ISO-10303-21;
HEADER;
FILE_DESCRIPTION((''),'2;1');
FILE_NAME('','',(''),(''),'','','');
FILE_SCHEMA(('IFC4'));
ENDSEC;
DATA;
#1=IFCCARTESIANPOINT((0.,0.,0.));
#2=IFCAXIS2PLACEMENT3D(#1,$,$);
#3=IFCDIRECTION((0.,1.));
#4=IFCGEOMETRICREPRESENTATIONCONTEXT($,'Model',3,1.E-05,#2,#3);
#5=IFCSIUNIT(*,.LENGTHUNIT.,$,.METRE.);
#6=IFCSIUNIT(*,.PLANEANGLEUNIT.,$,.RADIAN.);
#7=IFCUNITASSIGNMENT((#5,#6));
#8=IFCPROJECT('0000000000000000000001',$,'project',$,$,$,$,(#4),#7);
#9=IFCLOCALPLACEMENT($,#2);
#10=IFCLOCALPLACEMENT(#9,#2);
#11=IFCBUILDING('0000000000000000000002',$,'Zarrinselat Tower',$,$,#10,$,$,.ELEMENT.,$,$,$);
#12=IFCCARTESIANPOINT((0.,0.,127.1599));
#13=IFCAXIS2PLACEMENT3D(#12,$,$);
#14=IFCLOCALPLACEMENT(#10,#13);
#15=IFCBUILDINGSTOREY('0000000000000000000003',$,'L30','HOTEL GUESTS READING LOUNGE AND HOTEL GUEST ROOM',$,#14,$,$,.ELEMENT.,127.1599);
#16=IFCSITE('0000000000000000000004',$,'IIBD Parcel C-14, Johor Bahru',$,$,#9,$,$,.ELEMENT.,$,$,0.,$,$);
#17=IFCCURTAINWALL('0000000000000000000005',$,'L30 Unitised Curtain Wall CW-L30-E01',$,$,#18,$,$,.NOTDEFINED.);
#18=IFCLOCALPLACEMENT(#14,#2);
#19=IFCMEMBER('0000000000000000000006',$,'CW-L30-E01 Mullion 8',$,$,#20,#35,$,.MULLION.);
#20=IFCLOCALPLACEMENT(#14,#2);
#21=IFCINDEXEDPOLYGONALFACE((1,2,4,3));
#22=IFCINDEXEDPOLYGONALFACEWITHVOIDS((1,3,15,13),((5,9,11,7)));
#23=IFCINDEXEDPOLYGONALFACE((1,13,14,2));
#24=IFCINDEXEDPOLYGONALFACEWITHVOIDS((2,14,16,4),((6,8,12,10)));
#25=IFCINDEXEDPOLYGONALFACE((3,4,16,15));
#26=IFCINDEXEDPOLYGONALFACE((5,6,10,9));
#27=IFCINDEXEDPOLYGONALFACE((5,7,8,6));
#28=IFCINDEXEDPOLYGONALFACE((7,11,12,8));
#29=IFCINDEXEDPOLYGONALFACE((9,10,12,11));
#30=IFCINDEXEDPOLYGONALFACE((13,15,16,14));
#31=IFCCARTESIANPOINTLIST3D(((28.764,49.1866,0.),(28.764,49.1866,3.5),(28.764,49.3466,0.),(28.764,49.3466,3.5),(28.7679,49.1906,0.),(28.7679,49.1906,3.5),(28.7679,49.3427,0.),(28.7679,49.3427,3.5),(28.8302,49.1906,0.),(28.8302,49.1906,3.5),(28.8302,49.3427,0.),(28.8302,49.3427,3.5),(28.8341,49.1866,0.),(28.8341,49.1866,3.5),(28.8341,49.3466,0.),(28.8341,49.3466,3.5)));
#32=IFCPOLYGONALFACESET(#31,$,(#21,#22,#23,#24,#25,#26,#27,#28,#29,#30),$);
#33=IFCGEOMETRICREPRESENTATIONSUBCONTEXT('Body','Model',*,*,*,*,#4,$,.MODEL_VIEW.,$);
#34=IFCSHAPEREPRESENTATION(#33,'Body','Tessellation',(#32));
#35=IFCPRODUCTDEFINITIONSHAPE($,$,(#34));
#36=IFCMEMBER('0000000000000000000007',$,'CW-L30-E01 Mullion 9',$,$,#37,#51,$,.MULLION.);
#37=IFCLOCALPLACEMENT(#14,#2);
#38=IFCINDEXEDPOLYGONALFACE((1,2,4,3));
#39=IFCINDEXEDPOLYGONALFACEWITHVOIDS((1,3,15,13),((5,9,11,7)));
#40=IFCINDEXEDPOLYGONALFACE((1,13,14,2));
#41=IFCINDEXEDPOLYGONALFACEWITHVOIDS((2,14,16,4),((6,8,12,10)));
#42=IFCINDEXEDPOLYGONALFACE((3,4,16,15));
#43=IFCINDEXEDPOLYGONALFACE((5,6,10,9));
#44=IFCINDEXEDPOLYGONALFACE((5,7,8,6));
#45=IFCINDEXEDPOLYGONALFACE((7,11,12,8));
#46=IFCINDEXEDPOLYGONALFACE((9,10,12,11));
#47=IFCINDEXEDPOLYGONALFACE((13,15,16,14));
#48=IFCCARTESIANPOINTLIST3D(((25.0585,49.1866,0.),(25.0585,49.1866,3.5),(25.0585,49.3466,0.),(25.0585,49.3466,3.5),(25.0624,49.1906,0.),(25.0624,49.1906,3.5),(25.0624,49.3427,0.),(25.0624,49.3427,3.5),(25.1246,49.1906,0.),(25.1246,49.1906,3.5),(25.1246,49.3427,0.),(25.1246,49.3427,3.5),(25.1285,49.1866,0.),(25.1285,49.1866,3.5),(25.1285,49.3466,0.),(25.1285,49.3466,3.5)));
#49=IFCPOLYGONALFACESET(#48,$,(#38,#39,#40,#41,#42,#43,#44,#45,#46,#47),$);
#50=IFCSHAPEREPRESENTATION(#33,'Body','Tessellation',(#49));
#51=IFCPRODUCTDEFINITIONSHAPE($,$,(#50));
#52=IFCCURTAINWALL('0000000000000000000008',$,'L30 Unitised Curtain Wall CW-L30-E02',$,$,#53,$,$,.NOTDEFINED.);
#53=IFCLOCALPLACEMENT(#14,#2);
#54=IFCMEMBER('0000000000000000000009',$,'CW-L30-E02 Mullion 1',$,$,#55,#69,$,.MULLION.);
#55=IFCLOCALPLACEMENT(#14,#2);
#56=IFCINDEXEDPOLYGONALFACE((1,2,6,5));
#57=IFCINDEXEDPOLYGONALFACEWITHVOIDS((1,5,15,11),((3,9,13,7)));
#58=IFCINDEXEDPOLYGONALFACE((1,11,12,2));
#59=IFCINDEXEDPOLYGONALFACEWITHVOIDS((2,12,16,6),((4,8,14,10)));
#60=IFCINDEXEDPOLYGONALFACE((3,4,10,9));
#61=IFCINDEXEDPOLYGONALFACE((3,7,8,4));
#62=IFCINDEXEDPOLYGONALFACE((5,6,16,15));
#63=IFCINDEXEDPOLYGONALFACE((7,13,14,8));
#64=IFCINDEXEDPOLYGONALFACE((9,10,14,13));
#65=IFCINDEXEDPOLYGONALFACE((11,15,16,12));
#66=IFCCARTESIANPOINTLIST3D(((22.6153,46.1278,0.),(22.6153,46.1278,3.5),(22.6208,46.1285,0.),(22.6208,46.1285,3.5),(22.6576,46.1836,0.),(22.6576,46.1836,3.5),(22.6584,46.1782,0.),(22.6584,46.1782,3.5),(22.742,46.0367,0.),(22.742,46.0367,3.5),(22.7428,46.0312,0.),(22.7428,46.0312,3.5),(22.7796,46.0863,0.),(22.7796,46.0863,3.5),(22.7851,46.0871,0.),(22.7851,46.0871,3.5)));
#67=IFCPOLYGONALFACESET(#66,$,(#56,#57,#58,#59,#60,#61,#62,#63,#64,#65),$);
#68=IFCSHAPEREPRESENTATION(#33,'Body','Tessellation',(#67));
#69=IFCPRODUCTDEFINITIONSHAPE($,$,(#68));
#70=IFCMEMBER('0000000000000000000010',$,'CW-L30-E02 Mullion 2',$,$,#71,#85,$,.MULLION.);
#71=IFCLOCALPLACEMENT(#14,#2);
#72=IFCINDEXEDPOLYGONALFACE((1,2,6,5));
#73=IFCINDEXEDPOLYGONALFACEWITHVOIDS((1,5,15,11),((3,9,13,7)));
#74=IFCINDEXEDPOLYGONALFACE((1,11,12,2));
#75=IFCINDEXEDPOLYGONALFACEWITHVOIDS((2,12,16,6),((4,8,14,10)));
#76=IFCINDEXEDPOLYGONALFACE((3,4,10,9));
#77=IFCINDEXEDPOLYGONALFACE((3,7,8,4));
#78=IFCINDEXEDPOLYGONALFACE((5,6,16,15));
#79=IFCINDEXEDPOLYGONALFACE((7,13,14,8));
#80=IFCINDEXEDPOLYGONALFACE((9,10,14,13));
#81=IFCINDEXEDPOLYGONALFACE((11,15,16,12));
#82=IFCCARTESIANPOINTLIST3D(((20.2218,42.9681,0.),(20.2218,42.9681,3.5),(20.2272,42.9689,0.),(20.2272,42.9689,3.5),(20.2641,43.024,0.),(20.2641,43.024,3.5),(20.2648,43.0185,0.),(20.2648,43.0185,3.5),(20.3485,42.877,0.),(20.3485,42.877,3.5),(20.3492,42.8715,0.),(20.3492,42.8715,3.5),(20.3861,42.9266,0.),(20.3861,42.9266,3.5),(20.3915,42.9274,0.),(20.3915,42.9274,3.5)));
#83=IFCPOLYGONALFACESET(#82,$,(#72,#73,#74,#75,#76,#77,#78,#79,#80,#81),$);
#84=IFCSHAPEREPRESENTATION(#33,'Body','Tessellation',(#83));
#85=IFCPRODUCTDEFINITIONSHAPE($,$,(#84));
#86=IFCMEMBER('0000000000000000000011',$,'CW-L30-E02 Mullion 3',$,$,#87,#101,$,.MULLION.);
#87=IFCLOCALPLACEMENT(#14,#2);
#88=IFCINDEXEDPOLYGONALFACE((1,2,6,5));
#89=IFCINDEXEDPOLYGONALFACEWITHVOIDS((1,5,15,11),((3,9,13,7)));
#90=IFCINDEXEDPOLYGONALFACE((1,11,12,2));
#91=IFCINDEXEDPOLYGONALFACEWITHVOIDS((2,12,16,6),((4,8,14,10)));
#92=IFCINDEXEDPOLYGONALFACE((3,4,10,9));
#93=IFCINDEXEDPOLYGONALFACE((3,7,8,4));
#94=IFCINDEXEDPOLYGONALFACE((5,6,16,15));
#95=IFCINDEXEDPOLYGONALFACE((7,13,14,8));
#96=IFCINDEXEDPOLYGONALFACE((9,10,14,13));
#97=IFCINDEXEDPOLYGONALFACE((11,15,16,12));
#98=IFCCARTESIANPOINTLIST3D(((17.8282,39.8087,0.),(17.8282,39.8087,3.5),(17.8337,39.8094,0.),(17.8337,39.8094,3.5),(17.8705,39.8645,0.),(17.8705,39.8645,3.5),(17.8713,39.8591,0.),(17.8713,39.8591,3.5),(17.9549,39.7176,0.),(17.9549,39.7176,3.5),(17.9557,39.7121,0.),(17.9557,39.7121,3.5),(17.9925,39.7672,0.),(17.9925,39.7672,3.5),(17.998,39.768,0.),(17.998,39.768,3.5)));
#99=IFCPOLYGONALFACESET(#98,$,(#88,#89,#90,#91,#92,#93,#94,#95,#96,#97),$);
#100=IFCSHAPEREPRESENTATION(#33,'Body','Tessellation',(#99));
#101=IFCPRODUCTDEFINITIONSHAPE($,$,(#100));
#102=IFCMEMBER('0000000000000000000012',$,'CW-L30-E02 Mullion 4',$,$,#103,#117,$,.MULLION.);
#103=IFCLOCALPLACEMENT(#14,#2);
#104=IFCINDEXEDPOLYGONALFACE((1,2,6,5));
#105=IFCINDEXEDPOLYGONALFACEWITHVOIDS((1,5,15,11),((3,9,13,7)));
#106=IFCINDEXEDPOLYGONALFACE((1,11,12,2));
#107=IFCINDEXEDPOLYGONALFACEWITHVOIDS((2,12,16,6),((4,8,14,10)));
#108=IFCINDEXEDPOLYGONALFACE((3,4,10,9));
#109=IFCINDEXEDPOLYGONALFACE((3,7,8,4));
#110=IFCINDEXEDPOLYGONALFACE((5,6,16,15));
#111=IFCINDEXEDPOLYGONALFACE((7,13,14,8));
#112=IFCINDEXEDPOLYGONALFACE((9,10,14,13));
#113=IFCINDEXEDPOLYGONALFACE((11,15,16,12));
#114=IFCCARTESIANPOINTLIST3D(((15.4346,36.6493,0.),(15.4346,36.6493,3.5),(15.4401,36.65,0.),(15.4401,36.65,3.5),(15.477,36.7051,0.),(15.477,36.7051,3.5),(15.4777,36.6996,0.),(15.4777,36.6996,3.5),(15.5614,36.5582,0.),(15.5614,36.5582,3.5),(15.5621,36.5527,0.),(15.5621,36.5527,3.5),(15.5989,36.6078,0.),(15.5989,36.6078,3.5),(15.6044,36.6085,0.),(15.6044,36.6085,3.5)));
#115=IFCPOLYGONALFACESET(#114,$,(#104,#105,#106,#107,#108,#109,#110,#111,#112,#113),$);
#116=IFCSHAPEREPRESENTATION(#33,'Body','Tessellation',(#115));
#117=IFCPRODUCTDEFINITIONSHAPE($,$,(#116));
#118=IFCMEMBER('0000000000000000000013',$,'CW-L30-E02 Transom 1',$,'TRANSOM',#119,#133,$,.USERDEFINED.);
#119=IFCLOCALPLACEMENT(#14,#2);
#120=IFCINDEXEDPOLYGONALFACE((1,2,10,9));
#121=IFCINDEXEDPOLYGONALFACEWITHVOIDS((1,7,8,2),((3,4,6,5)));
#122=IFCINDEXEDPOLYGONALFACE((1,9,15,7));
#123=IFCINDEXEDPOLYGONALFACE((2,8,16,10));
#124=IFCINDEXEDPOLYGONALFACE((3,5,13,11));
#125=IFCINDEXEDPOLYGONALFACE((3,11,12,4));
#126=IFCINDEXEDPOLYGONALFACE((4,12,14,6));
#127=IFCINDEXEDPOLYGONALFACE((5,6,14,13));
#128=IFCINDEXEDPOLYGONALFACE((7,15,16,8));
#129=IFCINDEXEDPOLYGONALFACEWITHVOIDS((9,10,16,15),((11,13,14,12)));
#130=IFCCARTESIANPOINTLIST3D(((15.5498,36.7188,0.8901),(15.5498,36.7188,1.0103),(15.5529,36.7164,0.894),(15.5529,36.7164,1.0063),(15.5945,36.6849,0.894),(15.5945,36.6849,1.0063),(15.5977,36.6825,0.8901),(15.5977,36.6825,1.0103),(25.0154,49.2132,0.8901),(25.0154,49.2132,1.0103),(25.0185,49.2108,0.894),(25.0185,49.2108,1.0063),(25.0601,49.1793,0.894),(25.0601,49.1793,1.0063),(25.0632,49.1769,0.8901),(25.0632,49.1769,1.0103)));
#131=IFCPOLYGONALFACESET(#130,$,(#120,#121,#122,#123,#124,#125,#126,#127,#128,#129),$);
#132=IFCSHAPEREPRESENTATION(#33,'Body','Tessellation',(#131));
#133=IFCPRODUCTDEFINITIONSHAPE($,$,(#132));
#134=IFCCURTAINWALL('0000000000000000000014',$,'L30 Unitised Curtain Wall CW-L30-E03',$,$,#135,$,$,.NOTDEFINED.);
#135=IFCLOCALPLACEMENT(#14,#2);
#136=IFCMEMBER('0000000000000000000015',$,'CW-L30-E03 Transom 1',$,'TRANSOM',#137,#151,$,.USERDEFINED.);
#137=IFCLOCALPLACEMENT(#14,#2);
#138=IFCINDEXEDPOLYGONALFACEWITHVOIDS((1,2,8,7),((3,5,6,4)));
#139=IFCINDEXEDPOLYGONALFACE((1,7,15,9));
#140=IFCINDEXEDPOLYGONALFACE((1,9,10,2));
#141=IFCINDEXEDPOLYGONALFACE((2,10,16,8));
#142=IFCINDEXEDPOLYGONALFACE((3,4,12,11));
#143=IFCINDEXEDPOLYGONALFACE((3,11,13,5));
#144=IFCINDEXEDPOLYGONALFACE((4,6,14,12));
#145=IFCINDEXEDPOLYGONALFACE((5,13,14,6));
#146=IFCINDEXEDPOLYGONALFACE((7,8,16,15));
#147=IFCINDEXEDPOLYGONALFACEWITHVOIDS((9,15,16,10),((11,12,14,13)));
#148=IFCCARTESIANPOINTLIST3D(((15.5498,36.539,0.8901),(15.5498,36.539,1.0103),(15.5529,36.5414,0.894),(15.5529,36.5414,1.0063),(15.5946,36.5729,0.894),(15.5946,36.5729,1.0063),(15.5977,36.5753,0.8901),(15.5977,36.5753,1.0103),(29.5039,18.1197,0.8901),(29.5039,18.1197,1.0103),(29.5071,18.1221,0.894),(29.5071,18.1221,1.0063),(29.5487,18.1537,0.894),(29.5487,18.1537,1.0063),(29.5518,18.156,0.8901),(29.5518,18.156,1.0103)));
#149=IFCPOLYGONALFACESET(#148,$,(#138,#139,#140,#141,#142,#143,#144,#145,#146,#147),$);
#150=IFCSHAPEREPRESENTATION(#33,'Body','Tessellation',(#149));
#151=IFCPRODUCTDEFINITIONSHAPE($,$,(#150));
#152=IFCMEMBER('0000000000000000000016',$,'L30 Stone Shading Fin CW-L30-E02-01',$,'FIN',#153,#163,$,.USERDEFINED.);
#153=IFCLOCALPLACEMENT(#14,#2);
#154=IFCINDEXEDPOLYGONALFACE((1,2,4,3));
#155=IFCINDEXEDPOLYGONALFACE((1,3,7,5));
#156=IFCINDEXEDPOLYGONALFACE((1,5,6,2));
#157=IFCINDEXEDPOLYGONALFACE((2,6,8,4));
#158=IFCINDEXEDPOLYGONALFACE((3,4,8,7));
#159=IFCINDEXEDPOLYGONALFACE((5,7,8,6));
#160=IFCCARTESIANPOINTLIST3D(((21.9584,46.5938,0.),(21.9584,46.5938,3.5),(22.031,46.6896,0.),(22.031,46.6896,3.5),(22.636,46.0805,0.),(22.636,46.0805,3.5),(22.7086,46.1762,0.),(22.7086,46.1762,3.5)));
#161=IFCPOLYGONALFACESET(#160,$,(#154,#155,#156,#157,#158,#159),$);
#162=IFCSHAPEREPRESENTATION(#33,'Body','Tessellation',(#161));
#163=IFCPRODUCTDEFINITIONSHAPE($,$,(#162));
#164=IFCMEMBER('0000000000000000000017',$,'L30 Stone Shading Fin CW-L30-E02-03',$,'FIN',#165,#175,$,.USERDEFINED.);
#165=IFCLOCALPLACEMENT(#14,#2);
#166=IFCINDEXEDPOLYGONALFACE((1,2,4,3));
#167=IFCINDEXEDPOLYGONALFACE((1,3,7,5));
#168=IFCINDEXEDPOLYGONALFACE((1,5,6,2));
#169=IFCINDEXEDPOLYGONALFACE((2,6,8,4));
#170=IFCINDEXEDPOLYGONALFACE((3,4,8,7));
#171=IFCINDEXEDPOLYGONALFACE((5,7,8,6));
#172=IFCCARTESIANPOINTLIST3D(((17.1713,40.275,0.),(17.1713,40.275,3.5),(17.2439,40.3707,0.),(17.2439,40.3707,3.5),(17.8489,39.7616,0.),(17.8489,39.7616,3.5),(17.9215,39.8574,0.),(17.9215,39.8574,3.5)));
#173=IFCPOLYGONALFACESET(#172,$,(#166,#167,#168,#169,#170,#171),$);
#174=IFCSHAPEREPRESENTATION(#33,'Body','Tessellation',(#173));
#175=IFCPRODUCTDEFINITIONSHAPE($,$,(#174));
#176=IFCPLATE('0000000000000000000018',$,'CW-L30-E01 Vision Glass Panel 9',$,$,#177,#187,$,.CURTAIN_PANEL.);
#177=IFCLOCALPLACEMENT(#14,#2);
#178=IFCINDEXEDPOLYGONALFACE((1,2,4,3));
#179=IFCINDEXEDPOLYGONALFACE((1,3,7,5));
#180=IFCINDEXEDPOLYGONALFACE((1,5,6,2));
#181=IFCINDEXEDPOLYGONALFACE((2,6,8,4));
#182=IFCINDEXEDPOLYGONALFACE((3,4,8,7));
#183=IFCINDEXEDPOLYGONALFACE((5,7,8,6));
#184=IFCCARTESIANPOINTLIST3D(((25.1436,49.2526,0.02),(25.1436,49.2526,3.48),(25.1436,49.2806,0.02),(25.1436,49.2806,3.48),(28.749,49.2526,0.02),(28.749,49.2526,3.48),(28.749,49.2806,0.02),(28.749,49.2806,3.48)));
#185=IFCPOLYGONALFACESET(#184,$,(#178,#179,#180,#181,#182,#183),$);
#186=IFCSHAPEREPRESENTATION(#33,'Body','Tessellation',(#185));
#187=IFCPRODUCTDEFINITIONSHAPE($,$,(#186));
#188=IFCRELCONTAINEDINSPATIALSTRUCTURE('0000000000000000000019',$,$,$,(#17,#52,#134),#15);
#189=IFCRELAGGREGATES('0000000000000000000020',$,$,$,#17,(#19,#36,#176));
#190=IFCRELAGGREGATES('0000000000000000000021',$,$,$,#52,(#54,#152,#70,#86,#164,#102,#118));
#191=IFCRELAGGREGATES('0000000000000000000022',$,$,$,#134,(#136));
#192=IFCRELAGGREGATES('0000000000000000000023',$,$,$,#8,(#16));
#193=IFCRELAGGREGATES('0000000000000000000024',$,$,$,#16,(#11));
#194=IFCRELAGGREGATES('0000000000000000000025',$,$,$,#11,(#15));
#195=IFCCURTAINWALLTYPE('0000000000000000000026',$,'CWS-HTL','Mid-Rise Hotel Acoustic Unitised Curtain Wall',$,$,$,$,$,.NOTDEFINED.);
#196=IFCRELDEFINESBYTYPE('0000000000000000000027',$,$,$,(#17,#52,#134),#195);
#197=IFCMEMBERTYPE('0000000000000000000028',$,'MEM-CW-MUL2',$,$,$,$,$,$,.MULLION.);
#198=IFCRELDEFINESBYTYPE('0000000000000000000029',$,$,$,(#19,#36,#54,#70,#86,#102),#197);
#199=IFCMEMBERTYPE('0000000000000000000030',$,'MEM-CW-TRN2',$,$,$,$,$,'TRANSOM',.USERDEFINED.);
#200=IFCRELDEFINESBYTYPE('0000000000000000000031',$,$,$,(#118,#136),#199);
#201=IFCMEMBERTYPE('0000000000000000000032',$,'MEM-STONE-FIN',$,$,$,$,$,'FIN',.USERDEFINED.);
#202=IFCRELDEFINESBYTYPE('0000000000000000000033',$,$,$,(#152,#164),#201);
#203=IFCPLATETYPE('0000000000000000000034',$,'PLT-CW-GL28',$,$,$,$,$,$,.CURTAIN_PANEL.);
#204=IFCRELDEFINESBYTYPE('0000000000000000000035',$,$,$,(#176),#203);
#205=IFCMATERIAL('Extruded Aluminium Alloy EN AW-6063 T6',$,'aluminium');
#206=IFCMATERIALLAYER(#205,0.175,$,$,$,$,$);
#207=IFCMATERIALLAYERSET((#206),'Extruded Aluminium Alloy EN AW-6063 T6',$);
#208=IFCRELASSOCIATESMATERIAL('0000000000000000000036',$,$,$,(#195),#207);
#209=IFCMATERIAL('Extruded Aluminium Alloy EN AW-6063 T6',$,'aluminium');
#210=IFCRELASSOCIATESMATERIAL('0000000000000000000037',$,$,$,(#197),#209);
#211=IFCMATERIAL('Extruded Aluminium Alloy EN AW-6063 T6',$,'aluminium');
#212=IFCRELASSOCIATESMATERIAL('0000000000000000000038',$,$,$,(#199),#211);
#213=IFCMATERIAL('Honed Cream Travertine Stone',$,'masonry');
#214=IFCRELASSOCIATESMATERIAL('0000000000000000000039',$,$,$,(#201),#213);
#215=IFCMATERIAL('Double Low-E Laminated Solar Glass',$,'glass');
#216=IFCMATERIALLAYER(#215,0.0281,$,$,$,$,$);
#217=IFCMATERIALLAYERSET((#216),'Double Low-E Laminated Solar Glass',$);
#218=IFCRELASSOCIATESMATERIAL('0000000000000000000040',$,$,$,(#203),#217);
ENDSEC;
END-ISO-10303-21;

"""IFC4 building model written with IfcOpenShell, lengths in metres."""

from ifc_helpers import new_model, si_unit, direction, frame, origin, origin_2d, place, context, subcontext, project, spatial, rectangle, hollow_rectangle, extrude, material, layer, layer_set, material_profile, profile_set, type_object, element, aggregate, save


model = new_model("IFC4")

# Units and contexts
model_context = context("Model", 3, precision=1e-05, world=origin(), true_north=direction((0.0, 1.0)))
body_context = subcontext(model_context, "Body", "Model", "MODEL_VIEW")
ifc_project = project(units=[si_unit("LENGTHUNIT", "METRE"), si_unit("PLANEANGLEUNIT", "RADIAN")], contexts=[model_context])

# Site, building, storey
site_placement = place(None, origin())
site = spatial("IfcSite", under=ifc_project, at=site_placement, Name="IIBD Parcel C-14, Johor Bahru", CompositionType="ELEMENT", RefElevation=0.0)
building_placement = place(site_placement, origin())
building = spatial("IfcBuilding", under=site, at=building_placement, Name="Zarrinselat Tower", CompositionType="ELEMENT")
storey_placement = place(building_placement, frame((0.0, 0.0, 127.1599)))
storey = spatial("IfcBuildingStorey", under=building, at=storey_placement, Name="L30", Description="HOTEL GUESTS READING LOUNGE AND HOTEL GUEST ROOM", CompositionType="ELEMENT", Elevation=127.1599)

# Curtain walls, members
ifc_material_1 = material(Name="Extruded Aluminium Alloy EN AW-6063 T6", Category="aluminium")
ifc_layer_1 = layer(ifc_material_1, 0.175)
ifc_layer_set_1 = layer_set([ifc_layer_1], Name="Extruded Aluminium Alloy EN AW-6063 T6")
curtain_wall_type = type_object("IfcCurtainWallType", Name="CWS-HTL", Description="Mid-Rise Hotel Acoustic Unitised Curtain Wall", PredefinedType="NOTDEFINED", material=ifc_layer_set_1)
curtain_wall_1_placement = place(storey_placement, origin())
curtain_wall_1 = element("IfcCurtainWall", 1, at=curtain_wall_1_placement, inside=storey, type_object=curtain_wall_type, Name="L30 Unitised Curtain Wall CW-L30-E01", PredefinedType="NOTDEFINED")
ifc_material_2 = material(Name="Extruded Aluminium Alloy EN AW-6063 T6", Category="aluminium")
ifc_material_profile_1 = material_profile(ifc_material_2, hollow_rectangle(XDim=0.0701, YDim=0.1599, WallThickness=0.0039, at=origin_2d()), Name="RHS 160x70x4")
ifc_profile_set_1 = profile_set([ifc_material_profile_1], Name="Extruded Aluminium Alloy EN AW-6063 T6")
member_type_1 = type_object("IfcMemberType", Name="MEM-CW-MUL2", PredefinedType="MULLION", material=ifc_profile_set_1)
member_1_placement = place(storey_placement, frame((28.7991, 49.2666, 0.0), z_axis=(0.0, 0.0, 1.0), x_axis=(-1.0, 0.0, 0.0)))
member_1 = element("IfcMember", 2, at=member_1_placement, type_object=member_type_1, Name="CW-L30-E01 Mullion 8", PredefinedType="MULLION", context=body_context, shape_type="SweptSolid", body=[
    extrude(hollow_rectangle(XDim=0.0701, YDim=0.1599, WallThickness=0.0039, at=origin_2d()), origin(), (0.0, 0.0, 1.0), 3.5),
])
member_2_placement = place(storey_placement, frame((25.0935, 49.2666, 0.0), z_axis=(0.0, 0.0, 1.0), x_axis=(-1.0, 0.0, 0.0)))
member_2 = element("IfcMember", 3, at=member_2_placement, type_object=member_type_1, Name="CW-L30-E01 Mullion 9", PredefinedType="MULLION", context=body_context, shape_type="SweptSolid", body=[
    extrude(hollow_rectangle(XDim=0.0701, YDim=0.1599, WallThickness=0.0039, at=origin_2d()), origin(), (0.0, 0.0, 1.0), 3.5),
])
curtain_wall_2_placement = place(storey_placement, origin())
curtain_wall_2 = element("IfcCurtainWall", 4, at=curtain_wall_2_placement, inside=storey, type_object=curtain_wall_type, Name="L30 Unitised Curtain Wall CW-L30-E02", PredefinedType="NOTDEFINED")
member_3_placement = place(storey_placement, frame((22.7002, 46.1074, 0.0), z_axis=(0.0, 0.0, 1.0), x_axis=(-0.603858, -0.797092, 0.0)))
member_3 = element("IfcMember", 5, at=member_3_placement, type_object=member_type_1, Name="CW-L30-E02 Mullion 1", PredefinedType="MULLION", context=body_context, shape_type="SweptSolid", body=[
    extrude(hollow_rectangle(XDim=0.0701, YDim=0.1599, WallThickness=0.0039, at=origin_2d()), origin(), (0.0, 0.0, 1.0), 3.5),
])
member_4_placement = place(storey_placement, frame((20.3066, 42.9478, 0.0), z_axis=(0.0, 0.0, 1.0), x_axis=(-0.603858, -0.797092, 0.0)))
member_4 = element("IfcMember", 6, at=member_4_placement, type_object=member_type_1, Name="CW-L30-E02 Mullion 2", PredefinedType="MULLION", context=body_context, shape_type="SweptSolid", body=[
    extrude(hollow_rectangle(XDim=0.0701, YDim=0.1599, WallThickness=0.0039, at=origin_2d()), origin(), (0.0, 0.0, 1.0), 3.5),
])
member_5_placement = place(storey_placement, frame((17.9131, 39.7883, 0.0), z_axis=(0.0, 0.0, 1.0), x_axis=(-0.603858, -0.797092, 0.0)))
member_5 = element("IfcMember", 7, at=member_5_placement, type_object=member_type_1, Name="CW-L30-E02 Mullion 3", PredefinedType="MULLION", context=body_context, shape_type="SweptSolid", body=[
    extrude(hollow_rectangle(XDim=0.0701, YDim=0.1599, WallThickness=0.0039, at=origin_2d()), origin(), (0.0, 0.0, 1.0), 3.5),
])
member_6_placement = place(storey_placement, frame((15.5195, 36.6289, 0.0), z_axis=(0.0, 0.0, 1.0), x_axis=(-0.603858, -0.797092, 0.0)))
member_6 = element("IfcMember", 8, at=member_6_placement, type_object=member_type_1, Name="CW-L30-E02 Mullion 4", PredefinedType="MULLION", context=body_context, shape_type="SweptSolid", body=[
    extrude(hollow_rectangle(XDim=0.0701, YDim=0.1599, WallThickness=0.0039, at=origin_2d()), origin(), (0.0, 0.0, 1.0), 3.5),
])
ifc_material_3 = material(Name="Extruded Aluminium Alloy EN AW-6063 T6", Category="aluminium")
ifc_material_profile_2 = material_profile(ifc_material_3, hollow_rectangle(XDim=0.0601, YDim=0.1201, WallThickness=0.0039, at=origin_2d()), Name="RHS 120x60x4")
ifc_profile_set_2 = profile_set([ifc_material_profile_2], Name="Extruded Aluminium Alloy EN AW-6063 T6")
member_type_2 = type_object("IfcMemberType", Name="MEM-CW-TRN2", ElementType="TRANSOM", PredefinedType="USERDEFINED", material=ifc_profile_set_2)
member_7_placement = place(storey_placement, frame((25.0393, 49.1951, 0.9502), z_axis=(-0.603863, -0.797088, 0.0), x_axis=(0.797088, -0.603863, 0.0)))
member_7 = element("IfcMember", 9, at=member_7_placement, type_object=member_type_2, Name="CW-L30-E02 Transom 1", ObjectType="TRANSOM", PredefinedType="USERDEFINED", context=body_context, shape_type="SweptSolid", body=[
    extrude(hollow_rectangle(XDim=0.0601, YDim=0.1201, WallThickness=0.0039, at=origin_2d()), origin(), (0.0, 0.0, 1.0), 15.675),
])

# Curtain wall, member
curtain_wall_3_placement = place(storey_placement, origin())
curtain_wall_3 = element("IfcCurtainWall", 10, at=curtain_wall_3_placement, inside=storey, type_object=curtain_wall_type, Name="L30 Unitised Curtain Wall CW-L30-E03", PredefinedType="NOTDEFINED")
member_8_placement = place(storey_placement, frame((15.5737, 36.5571, 0.9502), z_axis=(0.603862, -0.797089, 0.0), x_axis=(0.797089, 0.603862, 0.0)))
member_8 = element("IfcMember", 11, at=member_8_placement, type_object=member_type_2, Name="CW-L30-E03 Transom 1", ObjectType="TRANSOM", PredefinedType="USERDEFINED", context=body_context, shape_type="SweptSolid", body=[
    extrude(hollow_rectangle(XDim=0.0601, YDim=0.1201, WallThickness=0.0039, at=origin_2d()), origin(), (0.0, 0.0, 1.0), 23.1082),
])

# Members
ifc_material_4 = material(Name="Honed Cream Travertine Stone", Category="masonry")
ifc_material_profile_3 = material_profile(ifc_material_4, rectangle(XDim=0.1201, YDim=0.8501, at=origin_2d()), Name="FIN 850x120")
ifc_profile_set_3 = profile_set([ifc_material_profile_3], Name="Honed Cream Travertine Stone")
member_type_3 = type_object("IfcMemberType", Name="MEM-STONE-FIN", ElementType="FIN", PredefinedType="USERDEFINED", material=ifc_profile_set_3)
member_9_placement = place(storey_placement, frame((22.3335, 46.385, 0.0), z_axis=(0.0, 0.0, 1.0), x_axis=(0.603858, 0.797092, 0.0)))
member_9 = element("IfcMember", 12, at=member_9_placement, type_object=member_type_3, Name="L30 Stone Shading Fin CW-L30-E02-01", ObjectType="FIN", PredefinedType="USERDEFINED", context=body_context, shape_type="SweptSolid", body=[
    extrude(rectangle(XDim=0.1201, YDim=0.8501, at=origin_2d()), origin(), (0.0, 0.0, 1.0), 3.5),
])
member_10_placement = place(storey_placement, frame((17.5464, 40.0662, 0.0), z_axis=(0.0, 0.0, 1.0), x_axis=(0.603858, 0.797092, 0.0)))
member_10 = element("IfcMember", 13, at=member_10_placement, type_object=member_type_3, Name="L30 Stone Shading Fin CW-L30-E02-03", ObjectType="FIN", PredefinedType="USERDEFINED", context=body_context, shape_type="SweptSolid", body=[
    extrude(rectangle(XDim=0.1201, YDim=0.8501, at=origin_2d()), origin(), (0.0, 0.0, 1.0), 3.5),
])

# Plate
ifc_material_5 = material(Name="Double Low-E Laminated Solar Glass", Category="glass")
ifc_layer_2 = layer(ifc_material_5, 0.0281)
ifc_layer_set_2 = layer_set([ifc_layer_2], Name="Double Low-E Laminated Solar Glass")
plate_type = type_object("IfcPlateType", Name="PLT-CW-GL28", PredefinedType="CURTAIN_PANEL", material=ifc_layer_set_2)
plate_1_placement = place(storey_placement, frame((26.9463, 49.2666, 0.02), z_axis=(0.0, 0.0, 1.0), x_axis=(-1.0, 0.0, 0.0)))
plate_1 = element("IfcPlate", 14, at=plate_1_placement, type_object=plate_type, Name="CW-L30-E01 Vision Glass Panel 9", PredefinedType="CURTAIN_PANEL", context=body_context, shape_type="SweptSolid", body=[
    extrude(rectangle(XDim=3.6055, YDim=0.0281, at=origin_2d()), origin(), (0.0, 0.0, 1.0), 3.46),
])
aggregate(curtain_wall_1, [member_1, member_2, plate_1])
aggregate(curtain_wall_2, [member_3, member_9, member_4, member_5, member_10, member_6, member_7])
aggregate(curtain_wall_3, [member_8])

save(model, "model.ifc")
